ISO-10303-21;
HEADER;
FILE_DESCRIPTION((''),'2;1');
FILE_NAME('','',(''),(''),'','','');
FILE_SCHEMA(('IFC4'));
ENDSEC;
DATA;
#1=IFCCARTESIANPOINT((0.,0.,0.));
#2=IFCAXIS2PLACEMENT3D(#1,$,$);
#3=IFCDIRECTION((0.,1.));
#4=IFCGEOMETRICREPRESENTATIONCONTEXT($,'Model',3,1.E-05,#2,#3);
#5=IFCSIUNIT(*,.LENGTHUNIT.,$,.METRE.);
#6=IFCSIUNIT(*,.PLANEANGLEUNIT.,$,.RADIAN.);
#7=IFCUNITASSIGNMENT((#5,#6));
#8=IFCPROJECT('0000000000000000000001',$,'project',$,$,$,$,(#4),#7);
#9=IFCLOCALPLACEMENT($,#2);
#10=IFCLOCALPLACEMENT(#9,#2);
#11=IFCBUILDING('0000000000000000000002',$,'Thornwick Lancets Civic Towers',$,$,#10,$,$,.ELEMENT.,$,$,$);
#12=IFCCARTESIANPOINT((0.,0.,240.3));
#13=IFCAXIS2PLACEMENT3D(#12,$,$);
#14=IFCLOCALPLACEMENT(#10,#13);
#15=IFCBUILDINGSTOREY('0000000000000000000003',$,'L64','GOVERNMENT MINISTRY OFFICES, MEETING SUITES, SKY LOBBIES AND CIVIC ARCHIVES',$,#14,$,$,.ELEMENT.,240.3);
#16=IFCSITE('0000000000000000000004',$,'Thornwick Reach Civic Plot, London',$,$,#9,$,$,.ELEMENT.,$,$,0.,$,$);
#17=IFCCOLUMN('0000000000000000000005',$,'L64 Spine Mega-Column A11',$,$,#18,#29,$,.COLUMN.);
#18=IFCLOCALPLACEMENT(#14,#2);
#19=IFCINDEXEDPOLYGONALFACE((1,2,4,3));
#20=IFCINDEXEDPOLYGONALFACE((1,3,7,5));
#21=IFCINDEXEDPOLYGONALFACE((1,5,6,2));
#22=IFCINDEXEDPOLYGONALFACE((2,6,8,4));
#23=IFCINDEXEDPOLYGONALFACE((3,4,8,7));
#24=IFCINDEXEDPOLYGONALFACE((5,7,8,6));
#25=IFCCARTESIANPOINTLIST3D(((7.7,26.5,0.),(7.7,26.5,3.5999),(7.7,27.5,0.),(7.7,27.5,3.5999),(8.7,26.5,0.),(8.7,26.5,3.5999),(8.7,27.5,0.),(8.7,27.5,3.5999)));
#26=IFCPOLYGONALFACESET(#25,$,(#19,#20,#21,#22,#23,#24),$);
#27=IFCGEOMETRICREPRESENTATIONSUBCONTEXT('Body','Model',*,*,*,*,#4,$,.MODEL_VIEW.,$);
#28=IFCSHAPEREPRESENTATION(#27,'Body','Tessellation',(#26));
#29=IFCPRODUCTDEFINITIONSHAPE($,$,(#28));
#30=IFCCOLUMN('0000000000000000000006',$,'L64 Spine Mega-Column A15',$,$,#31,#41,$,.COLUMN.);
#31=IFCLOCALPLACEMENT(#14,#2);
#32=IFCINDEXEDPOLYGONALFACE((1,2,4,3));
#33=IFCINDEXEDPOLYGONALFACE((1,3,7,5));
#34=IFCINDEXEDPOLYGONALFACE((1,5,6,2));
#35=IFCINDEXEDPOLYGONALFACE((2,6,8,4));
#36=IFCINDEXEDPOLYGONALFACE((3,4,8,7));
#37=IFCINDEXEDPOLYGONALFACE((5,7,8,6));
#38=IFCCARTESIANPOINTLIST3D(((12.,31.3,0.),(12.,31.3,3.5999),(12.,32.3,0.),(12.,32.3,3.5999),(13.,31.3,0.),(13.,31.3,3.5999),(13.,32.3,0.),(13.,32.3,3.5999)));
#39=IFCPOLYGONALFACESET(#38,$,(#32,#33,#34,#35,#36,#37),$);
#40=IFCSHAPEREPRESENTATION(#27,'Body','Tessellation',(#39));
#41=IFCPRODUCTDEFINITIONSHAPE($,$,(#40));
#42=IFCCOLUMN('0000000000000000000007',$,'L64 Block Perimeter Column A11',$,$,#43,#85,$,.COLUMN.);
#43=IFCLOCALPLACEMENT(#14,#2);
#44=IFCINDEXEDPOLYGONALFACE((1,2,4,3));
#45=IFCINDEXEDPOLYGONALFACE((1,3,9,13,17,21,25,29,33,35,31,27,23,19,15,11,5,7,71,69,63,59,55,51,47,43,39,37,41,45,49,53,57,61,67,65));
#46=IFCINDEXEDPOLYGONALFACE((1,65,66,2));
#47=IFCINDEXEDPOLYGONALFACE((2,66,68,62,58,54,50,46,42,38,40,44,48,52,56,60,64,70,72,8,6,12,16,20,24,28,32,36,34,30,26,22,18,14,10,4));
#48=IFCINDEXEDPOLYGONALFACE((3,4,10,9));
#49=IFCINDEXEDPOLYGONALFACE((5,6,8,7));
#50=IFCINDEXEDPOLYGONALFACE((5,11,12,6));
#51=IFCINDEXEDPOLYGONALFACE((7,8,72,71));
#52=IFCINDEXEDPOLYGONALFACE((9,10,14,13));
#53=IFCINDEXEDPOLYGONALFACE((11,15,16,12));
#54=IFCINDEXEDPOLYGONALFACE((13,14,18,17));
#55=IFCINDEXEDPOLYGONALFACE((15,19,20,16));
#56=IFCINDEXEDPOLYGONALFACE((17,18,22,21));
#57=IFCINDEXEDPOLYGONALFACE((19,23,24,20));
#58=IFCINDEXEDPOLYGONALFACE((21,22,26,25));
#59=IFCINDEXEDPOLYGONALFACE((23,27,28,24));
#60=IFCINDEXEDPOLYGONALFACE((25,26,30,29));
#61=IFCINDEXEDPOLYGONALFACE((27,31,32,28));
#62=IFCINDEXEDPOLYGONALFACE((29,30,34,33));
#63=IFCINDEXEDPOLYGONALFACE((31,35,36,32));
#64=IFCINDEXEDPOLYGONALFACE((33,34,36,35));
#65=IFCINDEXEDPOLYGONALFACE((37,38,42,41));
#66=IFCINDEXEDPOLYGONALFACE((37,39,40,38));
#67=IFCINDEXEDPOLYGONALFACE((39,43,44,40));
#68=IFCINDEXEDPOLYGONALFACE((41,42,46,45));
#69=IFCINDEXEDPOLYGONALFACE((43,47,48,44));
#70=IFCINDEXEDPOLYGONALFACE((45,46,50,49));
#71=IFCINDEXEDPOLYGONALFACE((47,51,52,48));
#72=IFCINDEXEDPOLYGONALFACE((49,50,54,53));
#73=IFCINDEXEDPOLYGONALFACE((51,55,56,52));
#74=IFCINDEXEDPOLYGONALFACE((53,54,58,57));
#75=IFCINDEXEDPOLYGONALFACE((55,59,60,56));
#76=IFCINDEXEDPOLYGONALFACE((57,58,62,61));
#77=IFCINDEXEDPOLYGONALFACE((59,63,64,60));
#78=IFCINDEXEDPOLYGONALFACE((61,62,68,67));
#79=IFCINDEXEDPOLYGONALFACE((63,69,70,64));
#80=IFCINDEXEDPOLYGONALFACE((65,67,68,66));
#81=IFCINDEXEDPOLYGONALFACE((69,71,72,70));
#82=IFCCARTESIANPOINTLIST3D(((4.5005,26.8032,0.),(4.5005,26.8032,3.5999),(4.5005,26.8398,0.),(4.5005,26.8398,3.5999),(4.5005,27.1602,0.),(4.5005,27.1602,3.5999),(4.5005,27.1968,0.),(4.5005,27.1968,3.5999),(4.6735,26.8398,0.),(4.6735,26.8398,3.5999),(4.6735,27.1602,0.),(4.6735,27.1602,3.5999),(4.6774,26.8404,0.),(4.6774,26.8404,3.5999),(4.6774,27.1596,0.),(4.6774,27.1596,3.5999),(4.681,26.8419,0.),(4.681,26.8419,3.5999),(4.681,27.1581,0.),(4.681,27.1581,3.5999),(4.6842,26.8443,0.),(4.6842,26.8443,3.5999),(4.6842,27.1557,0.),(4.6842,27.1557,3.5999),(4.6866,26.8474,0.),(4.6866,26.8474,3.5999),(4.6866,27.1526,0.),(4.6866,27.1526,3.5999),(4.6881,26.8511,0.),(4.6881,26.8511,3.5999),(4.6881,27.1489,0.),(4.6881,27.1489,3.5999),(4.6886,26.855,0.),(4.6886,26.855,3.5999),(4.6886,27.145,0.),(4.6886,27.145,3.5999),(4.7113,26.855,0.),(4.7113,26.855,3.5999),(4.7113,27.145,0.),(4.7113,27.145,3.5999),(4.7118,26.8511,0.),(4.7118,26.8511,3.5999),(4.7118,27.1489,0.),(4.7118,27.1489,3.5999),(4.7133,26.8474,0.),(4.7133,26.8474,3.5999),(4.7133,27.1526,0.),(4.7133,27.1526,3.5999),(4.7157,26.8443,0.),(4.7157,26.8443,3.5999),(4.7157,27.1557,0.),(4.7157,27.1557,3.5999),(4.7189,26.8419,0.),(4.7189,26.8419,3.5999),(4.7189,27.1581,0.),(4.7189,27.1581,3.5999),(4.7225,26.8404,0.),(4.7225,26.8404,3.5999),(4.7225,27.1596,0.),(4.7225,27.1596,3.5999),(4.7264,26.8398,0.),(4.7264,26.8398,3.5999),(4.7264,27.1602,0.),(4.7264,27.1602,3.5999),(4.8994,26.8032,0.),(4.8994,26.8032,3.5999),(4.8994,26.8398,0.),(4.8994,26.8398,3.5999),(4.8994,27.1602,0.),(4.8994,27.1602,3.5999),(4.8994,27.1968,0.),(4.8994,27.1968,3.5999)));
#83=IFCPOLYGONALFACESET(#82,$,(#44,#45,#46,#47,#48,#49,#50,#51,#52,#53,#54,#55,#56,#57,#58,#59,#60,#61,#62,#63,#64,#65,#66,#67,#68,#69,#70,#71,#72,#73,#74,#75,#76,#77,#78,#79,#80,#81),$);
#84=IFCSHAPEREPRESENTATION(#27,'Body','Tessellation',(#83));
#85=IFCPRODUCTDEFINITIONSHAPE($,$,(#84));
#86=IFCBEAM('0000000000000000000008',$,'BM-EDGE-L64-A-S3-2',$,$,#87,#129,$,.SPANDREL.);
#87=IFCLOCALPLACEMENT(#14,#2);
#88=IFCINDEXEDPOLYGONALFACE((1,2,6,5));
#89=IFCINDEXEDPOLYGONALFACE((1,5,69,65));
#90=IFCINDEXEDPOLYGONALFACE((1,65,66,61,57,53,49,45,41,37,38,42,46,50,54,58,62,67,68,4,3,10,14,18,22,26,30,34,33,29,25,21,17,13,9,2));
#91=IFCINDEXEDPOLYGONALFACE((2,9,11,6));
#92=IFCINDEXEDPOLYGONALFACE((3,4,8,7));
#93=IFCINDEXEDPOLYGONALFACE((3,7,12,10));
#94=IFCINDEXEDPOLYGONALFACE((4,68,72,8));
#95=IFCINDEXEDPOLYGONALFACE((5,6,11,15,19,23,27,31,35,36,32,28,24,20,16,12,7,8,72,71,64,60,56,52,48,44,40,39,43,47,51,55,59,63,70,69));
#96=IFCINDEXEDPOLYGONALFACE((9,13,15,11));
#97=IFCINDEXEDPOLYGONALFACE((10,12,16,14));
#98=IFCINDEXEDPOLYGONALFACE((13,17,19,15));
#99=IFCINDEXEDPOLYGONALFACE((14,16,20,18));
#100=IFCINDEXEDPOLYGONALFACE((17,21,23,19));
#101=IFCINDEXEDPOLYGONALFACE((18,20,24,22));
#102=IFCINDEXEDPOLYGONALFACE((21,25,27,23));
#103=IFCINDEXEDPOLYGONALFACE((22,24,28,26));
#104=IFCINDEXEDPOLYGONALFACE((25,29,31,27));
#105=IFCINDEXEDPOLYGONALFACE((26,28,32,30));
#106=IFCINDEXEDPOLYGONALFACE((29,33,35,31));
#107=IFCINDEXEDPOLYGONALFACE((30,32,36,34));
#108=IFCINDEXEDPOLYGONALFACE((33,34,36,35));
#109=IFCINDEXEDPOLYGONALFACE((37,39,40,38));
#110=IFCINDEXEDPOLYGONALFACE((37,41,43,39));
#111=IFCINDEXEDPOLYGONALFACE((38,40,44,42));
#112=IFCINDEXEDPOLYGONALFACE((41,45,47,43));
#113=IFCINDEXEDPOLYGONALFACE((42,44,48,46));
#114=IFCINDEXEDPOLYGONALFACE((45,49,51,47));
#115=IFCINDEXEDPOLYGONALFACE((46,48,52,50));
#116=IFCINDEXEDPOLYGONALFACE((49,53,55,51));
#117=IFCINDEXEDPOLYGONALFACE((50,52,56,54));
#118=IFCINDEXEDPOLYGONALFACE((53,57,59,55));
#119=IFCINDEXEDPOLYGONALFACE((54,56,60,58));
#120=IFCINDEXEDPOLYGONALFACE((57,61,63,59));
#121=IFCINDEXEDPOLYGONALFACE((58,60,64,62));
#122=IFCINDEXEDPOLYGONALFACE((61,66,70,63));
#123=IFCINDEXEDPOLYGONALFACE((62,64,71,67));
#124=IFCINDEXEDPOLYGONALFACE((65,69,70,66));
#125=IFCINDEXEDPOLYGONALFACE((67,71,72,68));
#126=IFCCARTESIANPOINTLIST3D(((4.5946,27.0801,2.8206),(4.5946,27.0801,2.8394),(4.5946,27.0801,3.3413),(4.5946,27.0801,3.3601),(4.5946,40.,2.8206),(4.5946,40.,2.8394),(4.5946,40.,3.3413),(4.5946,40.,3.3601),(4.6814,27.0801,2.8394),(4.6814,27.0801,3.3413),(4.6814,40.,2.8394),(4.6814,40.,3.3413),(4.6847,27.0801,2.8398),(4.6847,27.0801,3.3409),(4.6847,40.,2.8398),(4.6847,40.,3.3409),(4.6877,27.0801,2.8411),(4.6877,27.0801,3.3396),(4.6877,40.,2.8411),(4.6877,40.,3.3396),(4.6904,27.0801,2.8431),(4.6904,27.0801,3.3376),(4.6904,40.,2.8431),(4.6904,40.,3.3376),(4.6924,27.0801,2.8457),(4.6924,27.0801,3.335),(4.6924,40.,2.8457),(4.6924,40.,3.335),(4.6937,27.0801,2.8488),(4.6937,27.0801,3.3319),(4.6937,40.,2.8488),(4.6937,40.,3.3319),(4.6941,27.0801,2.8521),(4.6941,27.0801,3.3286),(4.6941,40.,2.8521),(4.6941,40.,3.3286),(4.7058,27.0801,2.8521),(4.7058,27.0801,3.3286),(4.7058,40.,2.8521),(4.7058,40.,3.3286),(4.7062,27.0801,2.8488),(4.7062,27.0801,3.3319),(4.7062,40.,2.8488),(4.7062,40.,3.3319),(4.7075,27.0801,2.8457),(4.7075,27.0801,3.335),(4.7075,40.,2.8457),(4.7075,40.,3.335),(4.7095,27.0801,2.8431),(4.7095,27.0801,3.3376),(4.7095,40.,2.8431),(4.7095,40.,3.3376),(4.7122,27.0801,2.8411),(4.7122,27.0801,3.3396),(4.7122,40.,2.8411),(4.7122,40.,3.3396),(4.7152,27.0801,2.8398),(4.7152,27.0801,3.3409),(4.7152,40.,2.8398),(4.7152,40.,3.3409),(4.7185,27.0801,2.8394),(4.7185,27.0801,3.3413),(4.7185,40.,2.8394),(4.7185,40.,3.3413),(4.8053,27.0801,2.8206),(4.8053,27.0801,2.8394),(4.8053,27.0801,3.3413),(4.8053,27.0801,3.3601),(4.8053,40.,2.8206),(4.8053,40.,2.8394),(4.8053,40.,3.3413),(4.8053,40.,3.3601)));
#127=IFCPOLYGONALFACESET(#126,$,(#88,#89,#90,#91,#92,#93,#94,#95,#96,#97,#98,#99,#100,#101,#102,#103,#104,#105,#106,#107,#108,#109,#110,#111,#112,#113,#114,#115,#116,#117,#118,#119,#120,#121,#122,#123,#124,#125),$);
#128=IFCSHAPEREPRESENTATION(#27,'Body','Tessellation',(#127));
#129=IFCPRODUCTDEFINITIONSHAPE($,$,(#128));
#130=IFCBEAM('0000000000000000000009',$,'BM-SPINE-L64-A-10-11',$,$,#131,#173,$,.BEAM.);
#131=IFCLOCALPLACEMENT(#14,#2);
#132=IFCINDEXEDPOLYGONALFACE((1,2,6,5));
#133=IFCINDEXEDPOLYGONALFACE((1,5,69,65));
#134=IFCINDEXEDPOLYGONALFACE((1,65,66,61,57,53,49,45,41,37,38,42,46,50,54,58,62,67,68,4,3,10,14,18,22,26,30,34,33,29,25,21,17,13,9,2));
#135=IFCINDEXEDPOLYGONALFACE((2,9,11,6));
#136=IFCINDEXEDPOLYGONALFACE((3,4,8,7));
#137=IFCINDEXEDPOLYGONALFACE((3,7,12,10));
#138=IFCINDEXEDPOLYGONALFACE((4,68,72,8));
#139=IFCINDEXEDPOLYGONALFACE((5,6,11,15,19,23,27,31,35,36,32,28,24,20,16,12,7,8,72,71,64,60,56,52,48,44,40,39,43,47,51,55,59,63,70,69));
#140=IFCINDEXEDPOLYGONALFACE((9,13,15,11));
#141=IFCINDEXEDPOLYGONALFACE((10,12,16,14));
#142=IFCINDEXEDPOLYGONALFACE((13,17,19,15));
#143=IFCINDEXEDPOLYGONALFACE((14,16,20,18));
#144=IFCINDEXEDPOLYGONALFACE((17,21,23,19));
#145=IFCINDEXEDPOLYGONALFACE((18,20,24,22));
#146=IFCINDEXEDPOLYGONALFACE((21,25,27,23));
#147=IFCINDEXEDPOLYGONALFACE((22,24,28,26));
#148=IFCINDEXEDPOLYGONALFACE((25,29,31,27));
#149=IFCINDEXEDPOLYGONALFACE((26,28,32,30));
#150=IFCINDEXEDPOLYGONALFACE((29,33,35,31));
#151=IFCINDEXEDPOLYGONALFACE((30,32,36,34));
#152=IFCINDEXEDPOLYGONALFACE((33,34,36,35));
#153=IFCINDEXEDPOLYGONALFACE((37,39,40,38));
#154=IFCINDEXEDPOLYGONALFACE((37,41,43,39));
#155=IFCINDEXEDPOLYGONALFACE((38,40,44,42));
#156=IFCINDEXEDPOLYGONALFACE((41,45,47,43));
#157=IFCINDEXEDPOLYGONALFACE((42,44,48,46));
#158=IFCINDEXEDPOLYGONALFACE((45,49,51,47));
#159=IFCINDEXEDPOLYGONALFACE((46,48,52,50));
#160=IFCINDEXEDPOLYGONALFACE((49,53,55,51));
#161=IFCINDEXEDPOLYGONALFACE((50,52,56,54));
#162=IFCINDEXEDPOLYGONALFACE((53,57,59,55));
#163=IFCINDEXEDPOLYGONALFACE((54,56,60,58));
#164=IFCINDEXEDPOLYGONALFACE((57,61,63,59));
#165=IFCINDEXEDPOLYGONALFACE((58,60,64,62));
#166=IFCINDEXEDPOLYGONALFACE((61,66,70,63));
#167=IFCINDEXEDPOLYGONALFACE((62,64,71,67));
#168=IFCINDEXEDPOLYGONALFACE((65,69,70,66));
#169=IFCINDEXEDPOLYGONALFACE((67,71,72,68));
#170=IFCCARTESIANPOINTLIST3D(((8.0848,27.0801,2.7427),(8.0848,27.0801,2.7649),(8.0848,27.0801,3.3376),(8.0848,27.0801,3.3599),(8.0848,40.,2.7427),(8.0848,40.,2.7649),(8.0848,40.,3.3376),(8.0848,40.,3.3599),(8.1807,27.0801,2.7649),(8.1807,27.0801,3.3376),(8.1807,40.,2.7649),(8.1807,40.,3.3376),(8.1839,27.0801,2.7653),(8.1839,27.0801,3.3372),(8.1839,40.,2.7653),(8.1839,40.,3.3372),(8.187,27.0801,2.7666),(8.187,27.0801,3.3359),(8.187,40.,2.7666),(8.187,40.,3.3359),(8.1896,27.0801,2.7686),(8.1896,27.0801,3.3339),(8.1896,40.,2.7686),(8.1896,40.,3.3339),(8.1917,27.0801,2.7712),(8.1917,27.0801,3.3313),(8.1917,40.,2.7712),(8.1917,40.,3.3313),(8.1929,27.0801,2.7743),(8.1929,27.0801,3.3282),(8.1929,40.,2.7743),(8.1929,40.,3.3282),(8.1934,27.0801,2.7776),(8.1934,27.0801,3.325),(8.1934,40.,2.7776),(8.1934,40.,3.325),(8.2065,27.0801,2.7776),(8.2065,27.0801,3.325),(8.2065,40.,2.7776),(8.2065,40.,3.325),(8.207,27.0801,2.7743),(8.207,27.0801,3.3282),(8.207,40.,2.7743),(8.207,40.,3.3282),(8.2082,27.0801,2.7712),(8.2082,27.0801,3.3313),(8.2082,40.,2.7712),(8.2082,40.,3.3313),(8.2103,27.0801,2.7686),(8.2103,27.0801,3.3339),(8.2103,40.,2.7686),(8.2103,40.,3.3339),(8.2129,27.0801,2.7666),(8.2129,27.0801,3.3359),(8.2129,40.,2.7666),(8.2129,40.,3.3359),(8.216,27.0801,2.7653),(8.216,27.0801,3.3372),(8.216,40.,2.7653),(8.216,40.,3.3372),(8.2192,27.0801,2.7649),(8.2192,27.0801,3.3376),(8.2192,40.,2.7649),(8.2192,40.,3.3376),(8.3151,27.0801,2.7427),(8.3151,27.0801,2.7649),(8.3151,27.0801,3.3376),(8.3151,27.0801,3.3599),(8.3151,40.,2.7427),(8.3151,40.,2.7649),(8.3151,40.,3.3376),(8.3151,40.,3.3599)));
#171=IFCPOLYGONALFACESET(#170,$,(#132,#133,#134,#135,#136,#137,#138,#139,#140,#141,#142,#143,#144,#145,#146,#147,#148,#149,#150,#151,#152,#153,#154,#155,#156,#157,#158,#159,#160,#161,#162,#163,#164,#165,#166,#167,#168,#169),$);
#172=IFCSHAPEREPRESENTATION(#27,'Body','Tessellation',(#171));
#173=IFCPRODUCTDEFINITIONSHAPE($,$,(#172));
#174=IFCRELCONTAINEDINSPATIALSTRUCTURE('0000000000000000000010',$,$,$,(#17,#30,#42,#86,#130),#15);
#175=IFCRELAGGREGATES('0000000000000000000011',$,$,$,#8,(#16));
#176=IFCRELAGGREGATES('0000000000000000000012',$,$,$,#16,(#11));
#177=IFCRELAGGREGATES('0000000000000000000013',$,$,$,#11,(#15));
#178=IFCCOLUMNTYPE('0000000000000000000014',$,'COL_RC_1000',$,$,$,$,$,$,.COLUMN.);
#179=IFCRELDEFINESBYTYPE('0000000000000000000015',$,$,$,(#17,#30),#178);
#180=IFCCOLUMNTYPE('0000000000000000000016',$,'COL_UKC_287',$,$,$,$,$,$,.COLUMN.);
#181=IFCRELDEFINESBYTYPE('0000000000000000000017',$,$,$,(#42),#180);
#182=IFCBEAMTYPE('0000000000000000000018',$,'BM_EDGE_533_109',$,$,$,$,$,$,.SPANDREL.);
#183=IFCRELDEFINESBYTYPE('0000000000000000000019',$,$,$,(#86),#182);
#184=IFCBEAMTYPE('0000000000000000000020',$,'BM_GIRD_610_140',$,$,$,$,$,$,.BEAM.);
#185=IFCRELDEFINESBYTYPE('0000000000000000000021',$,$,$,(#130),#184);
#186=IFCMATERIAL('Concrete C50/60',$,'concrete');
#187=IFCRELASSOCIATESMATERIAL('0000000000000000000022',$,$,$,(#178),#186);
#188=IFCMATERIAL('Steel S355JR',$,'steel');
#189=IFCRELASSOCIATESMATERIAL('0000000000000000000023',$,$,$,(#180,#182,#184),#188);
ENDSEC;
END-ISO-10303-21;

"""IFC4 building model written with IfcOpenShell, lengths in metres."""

from ifc_helpers import new_model, si_unit, direction, frame, origin, origin_2d, place, context, subcontext, project, spatial, rectangle, i_section, extrude, material, material_profile, profile_set, type_object, element, save


model = new_model("IFC4")

# Units and contexts
model_context = context("Model", 3, precision=1e-05, world=origin(), true_north=direction((0.0, 1.0)))
body_context = subcontext(model_context, "Body", "Model", "MODEL_VIEW")
ifc_project = project(units=[si_unit("LENGTHUNIT", "METRE"), si_unit("PLANEANGLEUNIT", "RADIAN")], contexts=[model_context])

# Site, building, storey
site_placement = place(None, origin())
site = spatial("IfcSite", under=ifc_project, at=site_placement, Name="Thornwick Reach Civic Plot, London", CompositionType="ELEMENT", RefElevation=0.0)
building_placement = place(site_placement, origin())
building = spatial("IfcBuilding", under=site, at=building_placement, Name="Thornwick Lancets Civic Towers", CompositionType="ELEMENT")
storey_placement = place(building_placement, frame((0.0, 0.0, 240.3)))
storey = spatial("IfcBuildingStorey", under=building, at=storey_placement, Name="L64", Description="GOVERNMENT MINISTRY OFFICES, MEETING SUITES, SKY LOBBIES AND CIVIC ARCHIVES", CompositionType="ELEMENT", Elevation=240.3)

# Columns
ifc_material_1 = material(Name="Concrete C50/60", Category="concrete")
ifc_material_profile_1 = material_profile(ifc_material_1, rectangle(XDim=1.0, YDim=1.0, at=origin_2d()), Name="RC 1000x1000")
ifc_profile_set_1 = profile_set([ifc_material_profile_1], Name="Concrete C50/60")
column_type_1 = type_object("IfcColumnType", Name="COL_RC_1000", PredefinedType="COLUMN", material=ifc_profile_set_1)
for number, where, z_axis, x_axis, name in (
    (1, (8.2, 27.0, 0.0), (0.0, 0.0, 1.0), (1.0, 0.0, 0.0), "L64 Spine Mega-Column A11"),
    (2, (12.5, 31.8, 0.0), (0.0, 0.0, 1.0), (1.0, 0.0, 0.0), "L64 Spine Mega-Column A15"),
):
    element("IfcColumn", number, at=place(storey_placement, frame(where, z_axis=z_axis, x_axis=x_axis)), inside=storey, type_object=column_type_1, Name=name, PredefinedType="COLUMN", context=body_context, shape_type="SweptSolid", body=[
        extrude(rectangle(XDim=1.0, YDim=1.0, at=origin_2d()), origin(), (0.0, 0.0, 1.0), 3.5999),
    ])
ifc_material_2 = material(Name="Steel S355JR", Category="steel")
ifc_material_profile_2 = material_profile(ifc_material_2, i_section(OverallWidth=0.3989, OverallDepth=0.3936, WebThickness=0.0227, FlangeThickness=0.0366, FilletRadius=0.0151, at=origin_2d()), Name="UKC 356x406x287")
ifc_profile_set_2 = profile_set([ifc_material_profile_2], Name="Steel S355JR")
column_type_2 = type_object("IfcColumnType", Name="COL_UKC_287", PredefinedType="COLUMN", material=ifc_profile_set_2)
column_placement = place(storey_placement, frame((4.7, 27.0, 0.0), z_axis=(0.0, 0.0, 1.0), x_axis=(1.0, 0.0, 0.0)))
element("IfcColumn", 3, at=column_placement, inside=storey, type_object=column_type_2, Name="L64 Block Perimeter Column A11", PredefinedType="COLUMN", context=body_context, shape_type="SweptSolid", body=[
    extrude(i_section(OverallWidth=0.3989, OverallDepth=0.3936, WebThickness=0.0227, FlangeThickness=0.0366, FilletRadius=0.0151, at=origin_2d()), origin(), (0.0, 0.0, 1.0), 3.5999),
])

# Beams
ifc_material_profile_3 = material_profile(ifc_material_2, i_section(OverallWidth=0.2107, OverallDepth=0.5396, WebThickness=0.0117, FlangeThickness=0.0188, FilletRadius=0.0127, at=origin_2d()), Name="UKB 533x210x109")
ifc_profile_set_3 = profile_set([ifc_material_profile_3], Name="Steel S355JR")
beam_type_1 = type_object("IfcBeamType", Name="BM_EDGE_533_109", PredefinedType="SPANDREL", material=ifc_profile_set_3)
beam_1_placement = place(storey_placement, frame((4.7, 27.0801, 3.0903), z_axis=(0.0, 1.0, 0.0), x_axis=(-1.0, 0.0, 0.0)))
element("IfcBeam", 4, at=beam_1_placement, inside=storey, type_object=beam_type_1, Name="BM-EDGE-L64-A-S3-2", PredefinedType="SPANDREL", context=body_context, shape_type="SweptSolid", body=[
    extrude(i_section(OverallWidth=0.2107, OverallDepth=0.5396, WebThickness=0.0117, FlangeThickness=0.0188, FilletRadius=0.0127, at=origin_2d()), origin(), (0.0, 0.0, 1.0), 12.9199),
])
ifc_material_profile_4 = material_profile(ifc_material_2, i_section(OverallWidth=0.2302, OverallDepth=0.6172, WebThickness=0.0132, FlangeThickness=0.0222, FilletRadius=0.0127, at=origin_2d()), Name="UKB 610x229x140")
ifc_profile_set_4 = profile_set([ifc_material_profile_4], Name="Steel S355JR")
beam_type_2 = type_object("IfcBeamType", Name="BM_GIRD_610_140", PredefinedType="BEAM", material=ifc_profile_set_4)
beam_2_placement = place(storey_placement, frame((8.2, 27.0801, 3.0513), z_axis=(0.0, 1.0, 0.0), x_axis=(-1.0, 0.0, 0.0)))
element("IfcBeam", 5, at=beam_2_placement, inside=storey, type_object=beam_type_2, Name="BM-SPINE-L64-A-10-11", PredefinedType="BEAM", context=body_context, shape_type="SweptSolid", body=[
    extrude(i_section(OverallWidth=0.2302, OverallDepth=0.6172, WebThickness=0.0132, FlangeThickness=0.0222, FilletRadius=0.0127, at=origin_2d()), origin(), (0.0, 0.0, 1.0), 12.9199),
])

save(model, "model.ifc")
